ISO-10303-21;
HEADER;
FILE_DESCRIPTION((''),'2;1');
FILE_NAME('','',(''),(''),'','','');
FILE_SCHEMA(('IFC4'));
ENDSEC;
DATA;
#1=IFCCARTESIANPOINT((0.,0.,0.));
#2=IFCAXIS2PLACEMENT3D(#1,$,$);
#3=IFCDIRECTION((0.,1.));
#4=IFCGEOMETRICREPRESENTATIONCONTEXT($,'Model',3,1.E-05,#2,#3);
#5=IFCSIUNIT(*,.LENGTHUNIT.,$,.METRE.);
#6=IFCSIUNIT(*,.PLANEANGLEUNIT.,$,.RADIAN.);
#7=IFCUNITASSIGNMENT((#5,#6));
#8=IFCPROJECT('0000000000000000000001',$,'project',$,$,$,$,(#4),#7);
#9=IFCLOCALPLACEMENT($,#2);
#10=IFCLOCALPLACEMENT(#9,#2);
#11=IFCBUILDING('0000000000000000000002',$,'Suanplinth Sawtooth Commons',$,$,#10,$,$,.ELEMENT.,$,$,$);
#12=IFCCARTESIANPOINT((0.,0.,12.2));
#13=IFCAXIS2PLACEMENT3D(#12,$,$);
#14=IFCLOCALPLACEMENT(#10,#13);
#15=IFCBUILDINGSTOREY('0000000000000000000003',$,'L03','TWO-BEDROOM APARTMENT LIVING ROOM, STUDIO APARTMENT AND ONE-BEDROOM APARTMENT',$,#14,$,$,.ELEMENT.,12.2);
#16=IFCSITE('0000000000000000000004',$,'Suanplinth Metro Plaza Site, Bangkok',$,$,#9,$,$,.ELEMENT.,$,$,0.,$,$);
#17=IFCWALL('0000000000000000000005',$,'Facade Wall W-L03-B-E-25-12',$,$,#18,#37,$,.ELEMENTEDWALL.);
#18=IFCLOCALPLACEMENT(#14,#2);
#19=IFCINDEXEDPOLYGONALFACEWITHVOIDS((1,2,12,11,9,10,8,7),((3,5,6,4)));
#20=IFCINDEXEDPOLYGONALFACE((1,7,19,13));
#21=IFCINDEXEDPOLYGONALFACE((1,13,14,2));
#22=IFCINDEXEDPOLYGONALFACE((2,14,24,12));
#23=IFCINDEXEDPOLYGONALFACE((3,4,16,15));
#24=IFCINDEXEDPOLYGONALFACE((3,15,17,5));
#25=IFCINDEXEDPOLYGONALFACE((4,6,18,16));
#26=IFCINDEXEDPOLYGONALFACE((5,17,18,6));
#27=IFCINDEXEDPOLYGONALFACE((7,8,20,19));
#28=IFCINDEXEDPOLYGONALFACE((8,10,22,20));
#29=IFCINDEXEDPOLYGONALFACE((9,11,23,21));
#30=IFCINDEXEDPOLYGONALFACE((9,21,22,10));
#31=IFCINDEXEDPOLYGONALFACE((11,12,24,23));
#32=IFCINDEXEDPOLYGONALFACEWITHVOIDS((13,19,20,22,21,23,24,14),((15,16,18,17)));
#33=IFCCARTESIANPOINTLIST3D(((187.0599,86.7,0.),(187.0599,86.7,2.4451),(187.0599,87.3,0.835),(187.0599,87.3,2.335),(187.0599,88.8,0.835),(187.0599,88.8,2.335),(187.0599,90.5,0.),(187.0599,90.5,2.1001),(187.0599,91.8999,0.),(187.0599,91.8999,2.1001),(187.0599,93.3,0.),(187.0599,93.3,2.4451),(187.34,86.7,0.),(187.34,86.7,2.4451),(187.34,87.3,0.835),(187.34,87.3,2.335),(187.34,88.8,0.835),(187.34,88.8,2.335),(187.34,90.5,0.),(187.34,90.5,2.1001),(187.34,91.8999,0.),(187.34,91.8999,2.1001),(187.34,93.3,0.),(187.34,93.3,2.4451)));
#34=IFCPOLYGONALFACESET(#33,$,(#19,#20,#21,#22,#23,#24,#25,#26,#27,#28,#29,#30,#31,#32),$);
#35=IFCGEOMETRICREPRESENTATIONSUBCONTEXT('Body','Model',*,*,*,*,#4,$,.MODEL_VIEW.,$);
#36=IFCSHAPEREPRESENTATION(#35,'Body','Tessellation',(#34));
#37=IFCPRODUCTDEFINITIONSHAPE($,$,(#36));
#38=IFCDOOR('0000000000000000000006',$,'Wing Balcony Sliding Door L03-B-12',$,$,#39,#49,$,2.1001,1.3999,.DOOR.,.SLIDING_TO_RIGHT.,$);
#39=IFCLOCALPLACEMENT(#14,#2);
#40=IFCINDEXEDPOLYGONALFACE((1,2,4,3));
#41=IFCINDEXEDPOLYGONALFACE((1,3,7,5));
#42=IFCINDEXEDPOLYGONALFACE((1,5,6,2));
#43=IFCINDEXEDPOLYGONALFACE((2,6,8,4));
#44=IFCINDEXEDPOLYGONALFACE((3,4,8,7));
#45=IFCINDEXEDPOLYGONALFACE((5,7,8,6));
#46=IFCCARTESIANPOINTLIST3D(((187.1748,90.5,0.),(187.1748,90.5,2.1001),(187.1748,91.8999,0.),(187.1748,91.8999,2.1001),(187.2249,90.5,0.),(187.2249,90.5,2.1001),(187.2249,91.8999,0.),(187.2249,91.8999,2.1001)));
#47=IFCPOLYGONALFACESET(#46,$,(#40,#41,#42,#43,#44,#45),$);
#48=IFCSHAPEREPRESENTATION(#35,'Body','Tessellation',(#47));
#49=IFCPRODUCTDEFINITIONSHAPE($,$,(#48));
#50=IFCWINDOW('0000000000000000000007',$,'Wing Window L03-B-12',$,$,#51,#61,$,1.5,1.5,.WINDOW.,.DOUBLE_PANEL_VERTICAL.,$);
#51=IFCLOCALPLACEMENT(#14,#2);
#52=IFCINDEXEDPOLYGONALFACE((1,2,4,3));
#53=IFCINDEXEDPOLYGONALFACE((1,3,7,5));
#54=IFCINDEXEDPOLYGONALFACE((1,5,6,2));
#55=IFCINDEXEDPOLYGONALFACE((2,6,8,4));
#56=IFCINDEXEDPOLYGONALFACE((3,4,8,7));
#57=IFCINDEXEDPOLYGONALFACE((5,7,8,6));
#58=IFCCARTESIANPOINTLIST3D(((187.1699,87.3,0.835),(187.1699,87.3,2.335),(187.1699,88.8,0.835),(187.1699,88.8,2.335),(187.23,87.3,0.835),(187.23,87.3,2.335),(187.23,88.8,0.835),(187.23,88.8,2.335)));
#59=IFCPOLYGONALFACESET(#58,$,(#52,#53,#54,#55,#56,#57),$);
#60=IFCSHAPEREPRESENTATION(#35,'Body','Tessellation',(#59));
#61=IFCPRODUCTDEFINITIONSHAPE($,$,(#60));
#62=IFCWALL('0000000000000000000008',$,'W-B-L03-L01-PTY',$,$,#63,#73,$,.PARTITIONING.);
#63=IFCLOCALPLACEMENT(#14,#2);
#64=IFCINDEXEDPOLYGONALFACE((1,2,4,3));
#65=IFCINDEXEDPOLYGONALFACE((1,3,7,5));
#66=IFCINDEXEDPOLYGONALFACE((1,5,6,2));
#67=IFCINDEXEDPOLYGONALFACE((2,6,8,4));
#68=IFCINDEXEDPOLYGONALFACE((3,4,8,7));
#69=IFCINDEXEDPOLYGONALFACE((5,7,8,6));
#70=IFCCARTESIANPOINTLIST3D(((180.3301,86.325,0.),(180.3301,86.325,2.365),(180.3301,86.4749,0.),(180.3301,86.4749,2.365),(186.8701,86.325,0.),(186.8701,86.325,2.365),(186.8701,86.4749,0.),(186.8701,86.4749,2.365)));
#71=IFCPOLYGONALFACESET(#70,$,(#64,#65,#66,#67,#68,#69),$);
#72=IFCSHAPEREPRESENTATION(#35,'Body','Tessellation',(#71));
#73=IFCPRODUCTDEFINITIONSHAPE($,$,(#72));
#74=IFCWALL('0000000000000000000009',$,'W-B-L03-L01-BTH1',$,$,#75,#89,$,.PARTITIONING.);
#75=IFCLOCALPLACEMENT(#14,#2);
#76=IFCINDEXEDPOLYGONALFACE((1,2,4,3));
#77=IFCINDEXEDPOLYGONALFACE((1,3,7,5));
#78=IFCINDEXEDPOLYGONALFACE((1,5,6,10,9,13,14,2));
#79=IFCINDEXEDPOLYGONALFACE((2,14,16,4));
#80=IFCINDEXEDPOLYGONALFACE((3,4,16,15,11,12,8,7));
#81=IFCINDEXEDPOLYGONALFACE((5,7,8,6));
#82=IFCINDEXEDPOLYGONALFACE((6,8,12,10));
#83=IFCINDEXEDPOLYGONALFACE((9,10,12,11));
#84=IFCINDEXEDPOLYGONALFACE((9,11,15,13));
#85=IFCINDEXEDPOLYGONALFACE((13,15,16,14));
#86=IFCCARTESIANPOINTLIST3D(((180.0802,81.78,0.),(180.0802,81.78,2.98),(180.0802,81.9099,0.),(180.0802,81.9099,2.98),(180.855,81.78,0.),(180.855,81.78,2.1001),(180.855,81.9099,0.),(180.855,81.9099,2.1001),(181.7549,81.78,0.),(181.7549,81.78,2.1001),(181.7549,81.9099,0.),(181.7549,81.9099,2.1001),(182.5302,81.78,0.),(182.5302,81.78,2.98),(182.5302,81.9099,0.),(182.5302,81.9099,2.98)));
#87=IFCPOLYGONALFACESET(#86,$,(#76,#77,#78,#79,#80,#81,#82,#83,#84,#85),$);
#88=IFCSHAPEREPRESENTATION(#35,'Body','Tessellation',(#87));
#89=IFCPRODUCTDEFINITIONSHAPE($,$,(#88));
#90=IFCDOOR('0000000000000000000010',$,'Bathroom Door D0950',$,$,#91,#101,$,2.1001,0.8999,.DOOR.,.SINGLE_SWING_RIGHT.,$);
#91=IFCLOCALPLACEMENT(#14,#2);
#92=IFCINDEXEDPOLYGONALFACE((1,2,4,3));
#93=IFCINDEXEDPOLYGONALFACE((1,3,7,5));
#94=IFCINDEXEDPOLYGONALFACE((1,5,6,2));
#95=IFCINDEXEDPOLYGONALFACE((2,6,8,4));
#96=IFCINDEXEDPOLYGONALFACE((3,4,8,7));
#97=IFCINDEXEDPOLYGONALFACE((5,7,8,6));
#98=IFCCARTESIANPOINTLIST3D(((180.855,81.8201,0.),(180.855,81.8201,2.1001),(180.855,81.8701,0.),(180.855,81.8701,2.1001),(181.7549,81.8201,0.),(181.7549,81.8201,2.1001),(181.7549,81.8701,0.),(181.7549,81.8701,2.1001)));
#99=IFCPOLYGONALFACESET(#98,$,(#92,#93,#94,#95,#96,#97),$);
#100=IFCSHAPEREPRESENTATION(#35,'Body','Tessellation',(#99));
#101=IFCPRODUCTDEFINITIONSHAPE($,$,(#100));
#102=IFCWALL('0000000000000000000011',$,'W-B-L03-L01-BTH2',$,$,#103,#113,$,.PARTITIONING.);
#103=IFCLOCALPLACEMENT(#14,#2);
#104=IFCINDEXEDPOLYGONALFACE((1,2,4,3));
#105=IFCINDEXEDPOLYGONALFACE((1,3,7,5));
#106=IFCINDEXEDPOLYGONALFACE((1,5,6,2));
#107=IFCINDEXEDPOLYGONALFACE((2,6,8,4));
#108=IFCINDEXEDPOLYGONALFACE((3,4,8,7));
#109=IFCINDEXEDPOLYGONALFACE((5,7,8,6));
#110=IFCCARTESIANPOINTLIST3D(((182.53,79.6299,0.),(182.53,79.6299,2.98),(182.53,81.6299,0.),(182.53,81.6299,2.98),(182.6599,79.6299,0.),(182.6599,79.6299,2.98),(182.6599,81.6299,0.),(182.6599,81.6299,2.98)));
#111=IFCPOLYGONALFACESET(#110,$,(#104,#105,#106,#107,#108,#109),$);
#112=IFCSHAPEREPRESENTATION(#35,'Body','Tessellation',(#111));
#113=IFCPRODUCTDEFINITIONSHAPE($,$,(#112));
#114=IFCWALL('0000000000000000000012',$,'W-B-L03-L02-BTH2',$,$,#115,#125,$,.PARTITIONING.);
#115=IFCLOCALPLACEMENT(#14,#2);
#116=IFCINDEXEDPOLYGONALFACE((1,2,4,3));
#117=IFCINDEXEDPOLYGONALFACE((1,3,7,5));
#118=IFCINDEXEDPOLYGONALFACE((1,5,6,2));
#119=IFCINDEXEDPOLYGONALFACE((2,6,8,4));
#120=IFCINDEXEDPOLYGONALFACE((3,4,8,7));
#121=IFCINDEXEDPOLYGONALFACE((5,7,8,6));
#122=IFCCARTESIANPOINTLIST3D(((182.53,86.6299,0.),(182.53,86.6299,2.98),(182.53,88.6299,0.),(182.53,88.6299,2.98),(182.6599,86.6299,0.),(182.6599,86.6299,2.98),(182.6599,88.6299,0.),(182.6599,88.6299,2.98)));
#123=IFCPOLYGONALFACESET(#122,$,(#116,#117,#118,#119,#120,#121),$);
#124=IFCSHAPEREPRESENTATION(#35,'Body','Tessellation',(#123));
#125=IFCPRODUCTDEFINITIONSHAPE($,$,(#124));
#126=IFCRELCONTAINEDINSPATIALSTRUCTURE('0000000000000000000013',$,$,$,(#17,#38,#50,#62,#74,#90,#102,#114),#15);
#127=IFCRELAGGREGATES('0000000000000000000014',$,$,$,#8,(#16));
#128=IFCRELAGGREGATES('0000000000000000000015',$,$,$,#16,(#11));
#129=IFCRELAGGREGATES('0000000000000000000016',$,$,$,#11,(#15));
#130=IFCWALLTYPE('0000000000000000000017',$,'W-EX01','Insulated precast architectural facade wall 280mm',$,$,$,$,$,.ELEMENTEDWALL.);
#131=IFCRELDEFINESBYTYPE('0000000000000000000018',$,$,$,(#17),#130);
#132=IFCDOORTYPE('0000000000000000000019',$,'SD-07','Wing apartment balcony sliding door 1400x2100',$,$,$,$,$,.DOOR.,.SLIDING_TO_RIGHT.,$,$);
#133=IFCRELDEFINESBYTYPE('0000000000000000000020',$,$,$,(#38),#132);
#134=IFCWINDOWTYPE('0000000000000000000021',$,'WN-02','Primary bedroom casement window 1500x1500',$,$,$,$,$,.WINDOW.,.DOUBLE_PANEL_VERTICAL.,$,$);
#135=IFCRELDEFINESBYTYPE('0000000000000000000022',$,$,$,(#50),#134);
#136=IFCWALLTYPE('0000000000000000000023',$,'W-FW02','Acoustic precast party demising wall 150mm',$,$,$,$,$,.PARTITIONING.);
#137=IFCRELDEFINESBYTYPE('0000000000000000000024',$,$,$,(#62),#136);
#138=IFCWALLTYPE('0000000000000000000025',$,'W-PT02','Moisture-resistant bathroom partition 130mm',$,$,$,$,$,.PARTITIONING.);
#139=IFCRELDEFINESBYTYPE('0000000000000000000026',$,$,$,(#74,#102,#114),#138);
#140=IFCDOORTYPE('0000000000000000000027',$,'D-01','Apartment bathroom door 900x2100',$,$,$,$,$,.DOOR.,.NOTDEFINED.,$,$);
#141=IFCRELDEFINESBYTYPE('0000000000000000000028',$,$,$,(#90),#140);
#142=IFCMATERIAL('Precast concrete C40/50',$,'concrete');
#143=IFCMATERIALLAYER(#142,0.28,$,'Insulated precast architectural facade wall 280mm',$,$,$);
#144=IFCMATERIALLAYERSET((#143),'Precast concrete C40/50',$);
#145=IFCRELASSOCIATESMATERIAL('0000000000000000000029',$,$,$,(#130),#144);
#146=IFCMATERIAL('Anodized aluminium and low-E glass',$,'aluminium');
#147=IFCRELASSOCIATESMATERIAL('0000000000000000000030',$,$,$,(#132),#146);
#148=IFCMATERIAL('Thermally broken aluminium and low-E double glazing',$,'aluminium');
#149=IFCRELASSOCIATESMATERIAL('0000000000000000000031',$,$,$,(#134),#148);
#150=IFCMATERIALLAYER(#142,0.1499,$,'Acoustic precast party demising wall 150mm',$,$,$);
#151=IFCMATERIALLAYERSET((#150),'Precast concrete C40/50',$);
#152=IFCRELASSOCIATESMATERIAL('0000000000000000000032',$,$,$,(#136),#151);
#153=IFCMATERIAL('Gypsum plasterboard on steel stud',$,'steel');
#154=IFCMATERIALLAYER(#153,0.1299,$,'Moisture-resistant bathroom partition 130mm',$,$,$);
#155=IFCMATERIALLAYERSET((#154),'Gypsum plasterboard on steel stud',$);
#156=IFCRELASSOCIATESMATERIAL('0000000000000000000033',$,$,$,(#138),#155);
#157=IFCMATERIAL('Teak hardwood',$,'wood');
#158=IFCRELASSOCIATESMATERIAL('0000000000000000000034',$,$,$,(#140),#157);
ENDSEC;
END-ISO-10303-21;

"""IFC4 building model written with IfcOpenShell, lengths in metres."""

from ifc_helpers import new_model, si_unit, direction, frame, frame_2d, origin, place, context, subcontext, project, spatial, rectangle, extrude, material, layer, layer_set, type_object, element, fill, save


model = new_model("IFC4")

# Units and contexts
model_context = context("Model", 3, precision=1e-05, world=origin(), true_north=direction((0.0, 1.0)))
body_context = subcontext(model_context, "Body", "Model", "MODEL_VIEW")
ifc_project = project(units=[si_unit("LENGTHUNIT", "METRE"), si_unit("PLANEANGLEUNIT", "RADIAN")], contexts=[model_context])

# Site, building, storey
site_placement = place(None, origin())
site = spatial("IfcSite", under=ifc_project, at=site_placement, Name="Suanplinth Metro Plaza Site, Bangkok", CompositionType="ELEMENT", RefElevation=0.0)
building_placement = place(site_placement, origin())
building = spatial("IfcBuilding", under=site, at=building_placement, Name="Suanplinth Sawtooth Commons", CompositionType="ELEMENT")
storey_placement = place(building_placement, frame((0.0, 0.0, 12.2)))
storey = spatial("IfcBuildingStorey", under=building, at=storey_placement, Name="L03", Description="TWO-BEDROOM APARTMENT LIVING ROOM, STUDIO APARTMENT AND ONE-BEDROOM APARTMENT", CompositionType="ELEMENT", Elevation=12.2)

# Shared definitions
ifc_material_1 = material(Name="Precast concrete C40/50", Category="concrete")

# Wall, openings, door, window
ifc_layer_1 = layer(ifc_material_1, 0.28, Name="Insulated precast architectural facade wall 280mm")
ifc_layer_set_1 = layer_set([ifc_layer_1], Name="Precast concrete C40/50")
wall_type_1 = type_object("IfcWallType", Name="W-EX01", Description="Insulated precast architectural facade wall 280mm", PredefinedType="ELEMENTEDWALL", material=ifc_layer_set_1)
ifc_material_2 = material(Name="Anodized aluminium and low-E glass", Category="aluminium")
door_type_1 = type_object("IfcDoorType", Name="SD-07", Description="Wing apartment balcony sliding door 1400x2100", OperationType="SLIDING_TO_RIGHT", PredefinedType="DOOR", material=ifc_material_2)
ifc_material_3 = material(Name="Thermally broken aluminium and low-E double glazing", Category="aluminium")
window_type = type_object("IfcWindowType", Name="WN-02", Description="Primary bedroom casement window 1500x1500", PartitioningType="DOUBLE_PANEL_VERTICAL", PredefinedType="WINDOW", material=ifc_material_3)
wall_1_placement = place(storey_placement, frame((187.2, 86.7, 0.0), z_axis=(0.0, 0.0, 1.0), x_axis=(0.0, 1.0, 0.0)))
wall_1 = element("IfcWall", 1, at=wall_1_placement, inside=storey, type_object=wall_type_1, Name="Facade Wall W-L03-B-E-25-12", PredefinedType="ELEMENTEDWALL", context=body_context, shape_type="SweptSolid", body=[
    extrude(rectangle(XDim=6.6001, YDim=0.28, at=frame_2d((3.3, 0.0))), origin(), (0.0, 0.0, 1.0), 2.4451),
])
opening_1_placement = place(wall_1_placement, frame((3.8, 0.0, 0.0)))
opening_1 = element("IfcOpeningElement", 2, at=opening_1_placement, cuts=wall_1, PredefinedType="OPENING", context=body_context, shape_type="SweptSolid", body=[
    extrude(rectangle(XDim=1.3999, YDim=2.1001, at=frame_2d((0.7, 1.05))), frame((0.0, 0.1548, 0.0), z_axis=(0.0, -1.0, 0.0), x_axis=(1.0, 0.0, 0.0)), (0.0, 0.0, 1.0), 0.3098),
])
opening_2_placement = place(wall_1_placement, frame((0.6001, 0.0, 0.835)))
opening_2 = element("IfcOpeningElement", 3, at=opening_2_placement, cuts=wall_1, PredefinedType="OPENING", context=body_context, shape_type="SweptSolid", body=[
    extrude(rectangle(XDim=1.5, YDim=1.5, at=frame_2d((0.75, 0.75))), frame((0.0, 0.1548, 0.0), z_axis=(0.0, -1.0, 0.0), x_axis=(1.0, 0.0, 0.0)), (0.0, 0.0, 1.0), 0.3098),
])
door_1_placement = place(opening_1_placement, frame((1.3999, 0.0, 0.0), z_axis=(0.0, 0.0, 1.0), x_axis=(-1.0, 0.0, 0.0)))
door_1 = element("IfcDoor", 4, at=door_1_placement, inside=storey, type_object=door_type_1, Name="Wing Balcony Sliding Door L03-B-12", OperationType="SLIDING_TO_RIGHT", OverallHeight=2.1001, OverallWidth=1.3999, PredefinedType="DOOR", context=body_context, shape_type="SweptSolid", body=[
    extrude(rectangle(XDim=1.3999, YDim=2.1001, at=frame_2d((0.7, 1.05))), frame((0.0, 0.0249, 0.0), z_axis=(0.0, -1.0, 0.0), x_axis=(1.0, 0.0, 0.0)), (0.0, 0.0, 1.0), 0.05),
])
fill(opening_1, door_1)
window_1_placement = place(opening_2_placement, origin())
window_1 = element("IfcWindow", 5, at=window_1_placement, inside=storey, type_object=window_type, Name="Wing Window L03-B-12", OverallHeight=1.5, OverallWidth=1.5, PartitioningType="DOUBLE_PANEL_VERTICAL", PredefinedType="WINDOW", context=body_context, shape_type="SweptSolid", body=[
    extrude(rectangle(XDim=1.5, YDim=1.5, at=frame_2d((0.75, 0.75))), frame((0.0, 0.03, 0.0), z_axis=(0.0, -1.0, 0.0), x_axis=(1.0, 0.0, 0.0)), (0.0, 0.0, 1.0), 0.0601),
])
fill(opening_2, window_1)

# Wall
ifc_layer_2 = layer(ifc_material_1, 0.1499, Name="Acoustic precast party demising wall 150mm")
ifc_layer_set_2 = layer_set([ifc_layer_2], Name="Precast concrete C40/50")
wall_type_2 = type_object("IfcWallType", Name="W-FW02", Description="Acoustic precast party demising wall 150mm", PredefinedType="PARTITIONING", material=ifc_layer_set_2)
wall_2_placement = place(storey_placement, frame((180.3301, 86.3999, 0.0), z_axis=(0.0, 0.0, 1.0), x_axis=(1.0, 0.0, 0.0)))
element("IfcWall", 6, at=wall_2_placement, inside=storey, type_object=wall_type_2, Name="W-B-L03-L01-PTY", PredefinedType="PARTITIONING", context=body_context, shape_type="SweptSolid", body=[
    extrude(rectangle(XDim=6.54, YDim=0.1499, at=frame_2d((3.27, 0.0))), origin(), (0.0, 0.0, 1.0), 2.365),
])

# Wall, opening, door
ifc_material_4 = material(Name="Gypsum plasterboard on steel stud", Category="steel")
ifc_layer_3 = layer(ifc_material_4, 0.1299, Name="Moisture-resistant bathroom partition 130mm")
ifc_layer_set_3 = layer_set([ifc_layer_3], Name="Gypsum plasterboard on steel stud")
wall_type_3 = type_object("IfcWallType", Name="W-PT02", Description="Moisture-resistant bathroom partition 130mm", PredefinedType="PARTITIONING", material=ifc_layer_set_3)
wall_3_placement = place(storey_placement, frame((180.0801, 81.845, 0.0), z_axis=(0.0, 0.0, 1.0), x_axis=(1.0, 0.0, 0.0)))
wall_3 = element("IfcWall", 7, at=wall_3_placement, inside=storey, type_object=wall_type_3, Name="W-B-L03-L01-BTH1", PredefinedType="PARTITIONING", context=body_context, shape_type="SweptSolid", body=[
    extrude(rectangle(XDim=2.45, YDim=0.1299, at=frame_2d((1.2251, 0.0))), origin(), (0.0, 0.0, 1.0), 2.98),
])
opening_3_placement = place(wall_3_placement, frame((0.7749, 0.0, 0.0)))
opening_3 = element("IfcOpeningElement", 8, at=opening_3_placement, cuts=wall_3, PredefinedType="OPENING", context=body_context, shape_type="SweptSolid", body=[
    extrude(rectangle(XDim=0.8999, YDim=2.1001, at=frame_2d((0.45, 1.05))), frame((0.0, 0.0798, 0.0), z_axis=(0.0, -1.0, 0.0), x_axis=(1.0, 0.0, 0.0)), (0.0, 0.0, 1.0), 0.1597),
])
ifc_material_5 = material(Name="Teak hardwood", Category="wood")
door_type_2 = type_object("IfcDoorType", Name="D-01", Description="Apartment bathroom door 900x2100", OperationType="NOTDEFINED", PredefinedType="DOOR", material=ifc_material_5)
door_2_placement = place(opening_3_placement, frame((0.8999, 0.0, 0.0), z_axis=(0.0, 0.0, 1.0), x_axis=(-1.0, 0.0, 0.0)))
door_2 = element("IfcDoor", 9, at=door_2_placement, inside=storey, type_object=door_type_2, Name="Bathroom Door D0950", OperationType="SINGLE_SWING_RIGHT", OverallHeight=2.1001, OverallWidth=0.8999, PredefinedType="DOOR", context=body_context, shape_type="SweptSolid", body=[
    extrude(rectangle(XDim=0.8999, YDim=2.1001, at=frame_2d((0.45, 1.05))), frame((0.0, 0.0249, 0.0), z_axis=(0.0, -1.0, 0.0), x_axis=(1.0, 0.0, 0.0)), (0.0, 0.0, 1.0), 0.05),
])
fill(opening_3, door_2)

# Walls
for number, where, z_axis, x_axis, name in (
    (10, (182.595, 79.6299, 0.0), (0.0, 0.0, 1.0), (0.0, 1.0, 0.0), "W-B-L03-L01-BTH2"),
    (11, (182.595, 86.6299, 0.0), (0.0, 0.0, 1.0), (0.0, 1.0, 0.0), "W-B-L03-L02-BTH2"),
):
    element("IfcWall", number, at=place(storey_placement, frame(where, z_axis=z_axis, x_axis=x_axis)), inside=storey, type_object=wall_type_3, Name=name, PredefinedType="PARTITIONING", context=body_context, shape_type="SweptSolid", body=[
        extrude(rectangle(XDim=2.0, YDim=0.1299, at=frame_2d((1.0, 0.0))), origin(), (0.0, 0.0, 1.0), 2.98),
    ])

save(model, "model.ifc")
